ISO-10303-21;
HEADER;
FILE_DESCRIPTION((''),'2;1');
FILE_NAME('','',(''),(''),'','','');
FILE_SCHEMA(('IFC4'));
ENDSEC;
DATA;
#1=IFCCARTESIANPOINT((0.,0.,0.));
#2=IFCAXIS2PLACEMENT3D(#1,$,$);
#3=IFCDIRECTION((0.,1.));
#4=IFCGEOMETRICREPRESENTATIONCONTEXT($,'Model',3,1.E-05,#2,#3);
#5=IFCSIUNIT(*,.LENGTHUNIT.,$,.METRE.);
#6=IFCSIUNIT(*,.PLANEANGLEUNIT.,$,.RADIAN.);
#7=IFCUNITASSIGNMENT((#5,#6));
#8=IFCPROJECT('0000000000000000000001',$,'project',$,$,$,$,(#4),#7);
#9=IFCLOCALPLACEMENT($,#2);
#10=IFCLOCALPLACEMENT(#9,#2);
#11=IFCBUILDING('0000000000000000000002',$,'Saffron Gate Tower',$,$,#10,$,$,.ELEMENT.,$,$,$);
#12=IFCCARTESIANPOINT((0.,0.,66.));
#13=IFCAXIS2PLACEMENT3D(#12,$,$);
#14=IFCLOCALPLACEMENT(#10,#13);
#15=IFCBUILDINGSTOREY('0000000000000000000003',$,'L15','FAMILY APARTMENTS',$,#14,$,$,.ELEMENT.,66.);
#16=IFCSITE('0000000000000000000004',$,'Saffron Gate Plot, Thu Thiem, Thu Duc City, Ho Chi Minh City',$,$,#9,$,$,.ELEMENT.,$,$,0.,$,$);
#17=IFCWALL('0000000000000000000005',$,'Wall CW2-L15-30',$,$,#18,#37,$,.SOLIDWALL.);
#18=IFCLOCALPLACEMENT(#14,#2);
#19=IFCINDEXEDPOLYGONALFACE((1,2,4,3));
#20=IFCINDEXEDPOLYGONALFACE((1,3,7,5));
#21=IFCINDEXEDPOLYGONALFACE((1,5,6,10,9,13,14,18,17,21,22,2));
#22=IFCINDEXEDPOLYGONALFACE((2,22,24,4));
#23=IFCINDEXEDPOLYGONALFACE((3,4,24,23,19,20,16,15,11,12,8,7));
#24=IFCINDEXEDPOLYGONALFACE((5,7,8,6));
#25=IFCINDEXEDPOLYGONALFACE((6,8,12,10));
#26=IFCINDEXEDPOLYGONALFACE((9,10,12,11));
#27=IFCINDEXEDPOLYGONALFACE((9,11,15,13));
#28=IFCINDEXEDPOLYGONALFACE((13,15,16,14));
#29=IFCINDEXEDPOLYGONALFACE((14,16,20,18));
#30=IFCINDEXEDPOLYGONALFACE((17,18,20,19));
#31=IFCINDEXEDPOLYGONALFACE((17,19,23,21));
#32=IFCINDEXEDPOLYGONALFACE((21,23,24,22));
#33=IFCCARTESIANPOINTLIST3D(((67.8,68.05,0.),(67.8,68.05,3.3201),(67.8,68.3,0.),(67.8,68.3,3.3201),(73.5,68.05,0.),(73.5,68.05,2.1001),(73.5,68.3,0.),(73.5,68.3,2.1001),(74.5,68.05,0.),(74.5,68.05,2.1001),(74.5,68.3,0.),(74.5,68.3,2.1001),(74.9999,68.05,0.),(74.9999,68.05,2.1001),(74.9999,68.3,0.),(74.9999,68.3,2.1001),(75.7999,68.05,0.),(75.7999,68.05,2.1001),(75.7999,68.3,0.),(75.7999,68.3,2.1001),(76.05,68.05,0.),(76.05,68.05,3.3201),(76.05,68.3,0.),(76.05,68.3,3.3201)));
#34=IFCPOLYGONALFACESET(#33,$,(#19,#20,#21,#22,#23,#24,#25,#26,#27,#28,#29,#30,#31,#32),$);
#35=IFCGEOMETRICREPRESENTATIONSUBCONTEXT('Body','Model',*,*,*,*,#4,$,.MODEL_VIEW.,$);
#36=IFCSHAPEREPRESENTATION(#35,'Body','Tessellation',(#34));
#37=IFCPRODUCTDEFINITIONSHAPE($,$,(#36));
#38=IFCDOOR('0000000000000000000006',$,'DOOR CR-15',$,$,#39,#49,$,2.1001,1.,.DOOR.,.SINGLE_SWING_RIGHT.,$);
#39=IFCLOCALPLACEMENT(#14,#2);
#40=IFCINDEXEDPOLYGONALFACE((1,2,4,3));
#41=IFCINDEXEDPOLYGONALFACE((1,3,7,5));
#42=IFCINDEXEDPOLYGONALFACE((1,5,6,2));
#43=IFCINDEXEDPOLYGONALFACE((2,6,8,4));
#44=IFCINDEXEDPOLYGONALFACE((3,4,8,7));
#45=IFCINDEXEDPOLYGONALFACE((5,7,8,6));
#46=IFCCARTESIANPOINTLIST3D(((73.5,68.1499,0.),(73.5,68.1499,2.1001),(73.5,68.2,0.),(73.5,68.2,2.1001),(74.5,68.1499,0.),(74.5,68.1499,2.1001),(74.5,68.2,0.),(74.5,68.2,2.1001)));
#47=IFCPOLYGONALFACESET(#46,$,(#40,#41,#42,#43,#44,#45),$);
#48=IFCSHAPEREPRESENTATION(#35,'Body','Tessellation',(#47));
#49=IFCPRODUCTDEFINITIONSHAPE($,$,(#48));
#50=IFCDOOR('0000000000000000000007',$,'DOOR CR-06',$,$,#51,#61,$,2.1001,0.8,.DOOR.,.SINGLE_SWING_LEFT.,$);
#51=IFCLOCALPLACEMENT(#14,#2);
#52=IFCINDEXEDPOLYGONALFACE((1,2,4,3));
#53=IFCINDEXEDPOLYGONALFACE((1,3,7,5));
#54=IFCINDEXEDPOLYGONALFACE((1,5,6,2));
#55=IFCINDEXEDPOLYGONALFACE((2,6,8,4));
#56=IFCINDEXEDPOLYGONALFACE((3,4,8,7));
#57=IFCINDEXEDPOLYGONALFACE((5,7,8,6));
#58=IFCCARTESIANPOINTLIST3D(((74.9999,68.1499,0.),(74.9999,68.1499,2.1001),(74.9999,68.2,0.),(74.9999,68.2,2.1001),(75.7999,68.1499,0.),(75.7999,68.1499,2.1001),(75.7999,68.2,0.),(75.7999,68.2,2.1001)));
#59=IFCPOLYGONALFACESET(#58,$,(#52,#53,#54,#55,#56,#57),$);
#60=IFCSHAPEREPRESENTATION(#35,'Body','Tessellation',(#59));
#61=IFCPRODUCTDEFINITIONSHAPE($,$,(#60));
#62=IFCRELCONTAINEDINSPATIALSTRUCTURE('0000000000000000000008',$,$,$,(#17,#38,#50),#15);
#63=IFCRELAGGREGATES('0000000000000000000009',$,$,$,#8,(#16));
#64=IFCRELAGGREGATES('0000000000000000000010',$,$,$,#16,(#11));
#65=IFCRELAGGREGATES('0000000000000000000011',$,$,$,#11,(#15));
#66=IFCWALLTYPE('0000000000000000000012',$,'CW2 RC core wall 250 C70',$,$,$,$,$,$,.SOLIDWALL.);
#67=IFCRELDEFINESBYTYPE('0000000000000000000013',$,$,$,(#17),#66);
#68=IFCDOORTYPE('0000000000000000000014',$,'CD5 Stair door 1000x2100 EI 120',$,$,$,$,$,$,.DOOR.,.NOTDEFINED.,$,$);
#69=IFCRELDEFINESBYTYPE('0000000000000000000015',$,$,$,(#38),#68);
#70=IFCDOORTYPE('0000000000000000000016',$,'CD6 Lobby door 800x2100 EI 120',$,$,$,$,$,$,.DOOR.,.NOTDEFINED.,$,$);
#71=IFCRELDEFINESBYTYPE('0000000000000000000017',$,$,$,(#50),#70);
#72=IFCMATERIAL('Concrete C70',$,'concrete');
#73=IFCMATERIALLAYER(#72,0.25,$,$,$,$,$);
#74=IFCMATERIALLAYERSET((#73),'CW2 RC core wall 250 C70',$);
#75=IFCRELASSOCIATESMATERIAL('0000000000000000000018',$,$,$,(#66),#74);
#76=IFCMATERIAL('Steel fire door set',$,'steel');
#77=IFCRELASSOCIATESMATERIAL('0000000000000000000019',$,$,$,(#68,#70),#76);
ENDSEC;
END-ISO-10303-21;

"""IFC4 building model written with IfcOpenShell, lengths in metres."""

from ifc_helpers import new_model, si_unit, direction, frame, frame_2d, origin, place, context, subcontext, project, spatial, rectangle, extrude, material, layer, layer_set, type_object, element, fill, save


model = new_model("IFC4")

# Units and contexts
model_context = context("Model", 3, precision=1e-05, world=origin(), true_north=direction((0.0, 1.0)))
body_context = subcontext(model_context, "Body", "Model", "MODEL_VIEW")
ifc_project = project(units=[si_unit("LENGTHUNIT", "METRE"), si_unit("PLANEANGLEUNIT", "RADIAN")], contexts=[model_context])

# Site, building, storey
site_placement = place(None, origin())
site = spatial("IfcSite", under=ifc_project, at=site_placement, Name="Saffron Gate Plot, Thu Thiem, Thu Duc City, Ho Chi Minh City", CompositionType="ELEMENT", RefElevation=0.0)
building_placement = place(site_placement, origin())
building = spatial("IfcBuilding", under=site, at=building_placement, Name="Saffron Gate Tower", CompositionType="ELEMENT")
storey_placement = place(building_placement, frame((0.0, 0.0, 66.0)))
storey = spatial("IfcBuildingStorey", under=building, at=storey_placement, Name="L15", Description="FAMILY APARTMENTS", CompositionType="ELEMENT", Elevation=66.0)

# Wall, openings, doors
ifc_material_1 = material(Name="Concrete C70", Category="concrete")
ifc_layer_1 = layer(ifc_material_1, 0.25)
ifc_layer_set_1 = layer_set([ifc_layer_1], Name="CW2 RC core wall 250 C70")
wall_type_1 = type_object("IfcWallType", Name="CW2 RC core wall 250 C70", PredefinedType="SOLIDWALL", material=ifc_layer_set_1)
wall_1_placement = place(storey_placement, frame((67.8, 68.175, 0.0), z_axis=(0.0, 0.0, 1.0), x_axis=(1.0, 0.0, 0.0)))
wall_1 = element("IfcWall", 1, at=wall_1_placement, inside=storey, type_object=wall_type_1, Name="Wall CW2-L15-30", PredefinedType="SOLIDWALL", context=body_context, shape_type="SweptSolid", body=[
    extrude(rectangle(XDim=8.25, YDim=0.25, at=frame_2d((4.125, 0.0))), origin(), (0.0, 0.0, 1.0), 3.3201),
])
opening_1_placement = place(wall_1_placement, frame((5.7, 0.0, 0.0)))
opening_1 = element("IfcOpeningElement", 2, at=opening_1_placement, cuts=wall_1, PredefinedType="OPENING", context=body_context, shape_type="SweptSolid", body=[
    extrude(rectangle(XDim=1.0, YDim=2.1001, at=frame_2d((0.5, 1.05))), frame((0.0, 0.135, 0.0), z_axis=(0.0, -1.0, 0.0), x_axis=(1.0, 0.0, 0.0)), (0.0, 0.0, 1.0), 0.27),
])
opening_2_placement = place(wall_1_placement, frame((7.2, 0.0, 0.0)))
opening_2 = element("IfcOpeningElement", 3, at=opening_2_placement, cuts=wall_1, PredefinedType="OPENING", context=body_context, shape_type="SweptSolid", body=[
    extrude(rectangle(XDim=0.8, YDim=2.1001, at=frame_2d((0.3999, 1.05))), frame((0.0, 0.135, 0.0), z_axis=(0.0, -1.0, 0.0), x_axis=(1.0, 0.0, 0.0)), (0.0, 0.0, 1.0), 0.27),
])
ifc_material_2 = material(Name="Steel fire door set", Category="steel")
door_type_1 = type_object("IfcDoorType", Name="CD5 Stair door 1000x2100 EI 120", OperationType="NOTDEFINED", PredefinedType="DOOR", material=ifc_material_2)
door_1_placement = place(opening_1_placement, origin())
door_1 = element("IfcDoor", 4, at=door_1_placement, inside=storey, type_object=door_type_1, Name="DOOR CR-15", OperationType="SINGLE_SWING_RIGHT", OverallHeight=2.1001, OverallWidth=1.0, PredefinedType="DOOR", context=body_context, shape_type="SweptSolid", body=[
    extrude(rectangle(XDim=1.0, YDim=2.1001, at=frame_2d((0.5, 1.05))), frame((0.0, 0.0249, 0.0), z_axis=(0.0, -1.0, 0.0), x_axis=(1.0, 0.0, 0.0)), (0.0, 0.0, 1.0), 0.05),
])
fill(opening_1, door_1)
door_type_2 = type_object("IfcDoorType", Name="CD6 Lobby door 800x2100 EI 120", OperationType="NOTDEFINED", PredefinedType="DOOR", material=ifc_material_2)
door_2_placement = place(opening_2_placement, origin())
door_2 = element("IfcDoor", 5, at=door_2_placement, inside=storey, type_object=door_type_2, Name="DOOR CR-06", OperationType="SINGLE_SWING_LEFT", OverallHeight=2.1001, OverallWidth=0.8, PredefinedType="DOOR", context=body_context, shape_type="SweptSolid", body=[
    extrude(rectangle(XDim=0.8, YDim=2.1001, at=frame_2d((0.3999, 1.05))), frame((0.0, 0.0249, 0.0), z_axis=(0.0, -1.0, 0.0), x_axis=(1.0, 0.0, 0.0)), (0.0, 0.0, 1.0), 0.05),
])
fill(opening_2, door_2)

save(model, "model.ifc")
